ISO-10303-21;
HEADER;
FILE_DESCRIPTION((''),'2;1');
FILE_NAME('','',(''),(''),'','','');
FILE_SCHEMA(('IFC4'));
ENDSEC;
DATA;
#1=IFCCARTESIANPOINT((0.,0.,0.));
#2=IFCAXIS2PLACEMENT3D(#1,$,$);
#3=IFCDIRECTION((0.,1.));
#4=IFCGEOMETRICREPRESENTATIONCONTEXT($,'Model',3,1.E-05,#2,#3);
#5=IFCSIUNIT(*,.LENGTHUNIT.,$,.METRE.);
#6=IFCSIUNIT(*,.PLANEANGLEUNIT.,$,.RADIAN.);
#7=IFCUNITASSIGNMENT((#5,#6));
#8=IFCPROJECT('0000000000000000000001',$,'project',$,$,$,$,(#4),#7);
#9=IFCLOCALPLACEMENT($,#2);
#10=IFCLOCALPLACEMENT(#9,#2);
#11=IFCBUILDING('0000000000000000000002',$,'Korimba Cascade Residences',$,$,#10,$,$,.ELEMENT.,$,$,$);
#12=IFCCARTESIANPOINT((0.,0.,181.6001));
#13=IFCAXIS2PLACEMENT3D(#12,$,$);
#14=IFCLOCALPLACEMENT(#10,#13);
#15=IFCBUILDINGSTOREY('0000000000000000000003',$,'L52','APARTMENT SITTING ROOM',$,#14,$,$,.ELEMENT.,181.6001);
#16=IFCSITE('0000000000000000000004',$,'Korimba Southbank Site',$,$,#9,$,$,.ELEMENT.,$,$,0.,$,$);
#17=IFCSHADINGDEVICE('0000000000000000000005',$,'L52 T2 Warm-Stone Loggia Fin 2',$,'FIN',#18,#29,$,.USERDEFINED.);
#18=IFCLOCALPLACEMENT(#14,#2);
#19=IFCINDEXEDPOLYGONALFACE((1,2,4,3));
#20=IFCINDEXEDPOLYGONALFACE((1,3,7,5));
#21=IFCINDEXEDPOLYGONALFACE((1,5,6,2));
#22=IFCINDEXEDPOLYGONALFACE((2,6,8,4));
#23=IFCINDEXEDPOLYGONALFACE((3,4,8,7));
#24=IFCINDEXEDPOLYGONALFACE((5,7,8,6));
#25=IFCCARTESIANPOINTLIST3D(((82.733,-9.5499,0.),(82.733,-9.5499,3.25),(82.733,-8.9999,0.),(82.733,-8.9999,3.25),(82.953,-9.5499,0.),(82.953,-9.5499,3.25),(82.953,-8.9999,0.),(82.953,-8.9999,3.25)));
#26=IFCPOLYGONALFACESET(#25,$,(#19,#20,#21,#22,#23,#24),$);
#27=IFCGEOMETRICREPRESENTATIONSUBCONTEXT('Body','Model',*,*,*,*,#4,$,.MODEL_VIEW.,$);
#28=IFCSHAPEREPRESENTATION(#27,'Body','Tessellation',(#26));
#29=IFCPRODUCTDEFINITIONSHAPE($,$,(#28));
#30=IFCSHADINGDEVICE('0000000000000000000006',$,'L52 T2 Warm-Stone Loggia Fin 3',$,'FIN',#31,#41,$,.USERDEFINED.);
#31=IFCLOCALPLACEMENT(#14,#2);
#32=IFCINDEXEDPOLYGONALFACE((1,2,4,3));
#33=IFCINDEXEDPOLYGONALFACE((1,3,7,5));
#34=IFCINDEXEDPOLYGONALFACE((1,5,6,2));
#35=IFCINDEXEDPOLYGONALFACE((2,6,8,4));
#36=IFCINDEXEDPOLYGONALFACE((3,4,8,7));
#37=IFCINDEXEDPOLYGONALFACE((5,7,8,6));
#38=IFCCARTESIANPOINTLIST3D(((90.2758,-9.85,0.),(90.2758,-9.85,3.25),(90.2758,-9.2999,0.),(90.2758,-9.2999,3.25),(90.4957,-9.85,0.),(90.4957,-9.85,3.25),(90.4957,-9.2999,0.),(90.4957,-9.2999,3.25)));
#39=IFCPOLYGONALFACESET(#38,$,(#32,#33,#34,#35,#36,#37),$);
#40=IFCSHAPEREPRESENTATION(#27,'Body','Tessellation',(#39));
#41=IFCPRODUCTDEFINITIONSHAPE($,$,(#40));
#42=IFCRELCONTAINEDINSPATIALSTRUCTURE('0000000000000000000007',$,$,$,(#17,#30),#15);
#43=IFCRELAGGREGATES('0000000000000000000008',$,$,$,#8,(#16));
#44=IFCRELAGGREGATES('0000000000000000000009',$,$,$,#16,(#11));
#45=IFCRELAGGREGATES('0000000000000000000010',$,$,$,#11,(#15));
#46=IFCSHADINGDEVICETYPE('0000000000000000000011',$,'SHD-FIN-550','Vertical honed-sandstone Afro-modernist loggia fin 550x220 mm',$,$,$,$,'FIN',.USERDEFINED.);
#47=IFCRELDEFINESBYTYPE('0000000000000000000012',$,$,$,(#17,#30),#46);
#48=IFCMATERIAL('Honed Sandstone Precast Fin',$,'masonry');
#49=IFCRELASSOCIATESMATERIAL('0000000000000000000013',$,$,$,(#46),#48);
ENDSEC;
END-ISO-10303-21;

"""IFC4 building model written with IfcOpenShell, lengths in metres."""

from ifc_helpers import new_model, si_unit, direction, frame, origin, origin_2d, place, context, subcontext, project, spatial, rectangle, extrude, material, type_object, element, save


model = new_model("IFC4")

# Units and contexts
model_context = context("Model", 3, precision=1e-05, world=origin(), true_north=direction((0.0, 1.0)))
body_context = subcontext(model_context, "Body", "Model", "MODEL_VIEW")
ifc_project = project(units=[si_unit("LENGTHUNIT", "METRE"), si_unit("PLANEANGLEUNIT", "RADIAN")], contexts=[model_context])

# Site, building, storey
site_placement = place(None, origin())
site = spatial("IfcSite", under=ifc_project, at=site_placement, Name="Korimba Southbank Site", CompositionType="ELEMENT", RefElevation=0.0)
building_placement = place(site_placement, origin())
building = spatial("IfcBuilding", under=site, at=building_placement, Name="Korimba Cascade Residences", CompositionType="ELEMENT")
storey_placement = place(building_placement, frame((0.0, 0.0, 181.6001)))
storey = spatial("IfcBuildingStorey", under=building, at=storey_placement, Name="L52", Description="APARTMENT SITTING ROOM", CompositionType="ELEMENT", Elevation=181.6001)

# Shading devices
ifc_material_1 = material(Name="Honed Sandstone Precast Fin", Category="masonry")
shading_device_type = type_object("IfcShadingDeviceType", Name="SHD-FIN-550", Description="Vertical honed-sandstone Afro-modernist loggia fin 550x220 mm", ElementType="FIN", PredefinedType="USERDEFINED", material=ifc_material_1)
for number, where, z_axis, x_axis, name in (
    (1, (82.843, -9.2749, 0.0), (0.0, 0.0, 1.0), (1.0, 0.0, 0.0), "L52 T2 Warm-Stone Loggia Fin 2"),
    (2, (90.3857, -9.575, 0.0), (0.0, 0.0, 1.0), (1.0, 0.0, 0.0), "L52 T2 Warm-Stone Loggia Fin 3"),
):
    element("IfcShadingDevice", number, at=place(storey_placement, frame(where, z_axis=z_axis, x_axis=x_axis)), inside=storey, type_object=shading_device_type, Name=name, ObjectType="FIN", PredefinedType="USERDEFINED", context=body_context, shape_type="SweptSolid", body=[
        extrude(rectangle(XDim=0.22, YDim=0.55, at=origin_2d()), origin(), (0.0, 0.0, 1.0), 3.25),
    ])

save(model, "model.ifc")
